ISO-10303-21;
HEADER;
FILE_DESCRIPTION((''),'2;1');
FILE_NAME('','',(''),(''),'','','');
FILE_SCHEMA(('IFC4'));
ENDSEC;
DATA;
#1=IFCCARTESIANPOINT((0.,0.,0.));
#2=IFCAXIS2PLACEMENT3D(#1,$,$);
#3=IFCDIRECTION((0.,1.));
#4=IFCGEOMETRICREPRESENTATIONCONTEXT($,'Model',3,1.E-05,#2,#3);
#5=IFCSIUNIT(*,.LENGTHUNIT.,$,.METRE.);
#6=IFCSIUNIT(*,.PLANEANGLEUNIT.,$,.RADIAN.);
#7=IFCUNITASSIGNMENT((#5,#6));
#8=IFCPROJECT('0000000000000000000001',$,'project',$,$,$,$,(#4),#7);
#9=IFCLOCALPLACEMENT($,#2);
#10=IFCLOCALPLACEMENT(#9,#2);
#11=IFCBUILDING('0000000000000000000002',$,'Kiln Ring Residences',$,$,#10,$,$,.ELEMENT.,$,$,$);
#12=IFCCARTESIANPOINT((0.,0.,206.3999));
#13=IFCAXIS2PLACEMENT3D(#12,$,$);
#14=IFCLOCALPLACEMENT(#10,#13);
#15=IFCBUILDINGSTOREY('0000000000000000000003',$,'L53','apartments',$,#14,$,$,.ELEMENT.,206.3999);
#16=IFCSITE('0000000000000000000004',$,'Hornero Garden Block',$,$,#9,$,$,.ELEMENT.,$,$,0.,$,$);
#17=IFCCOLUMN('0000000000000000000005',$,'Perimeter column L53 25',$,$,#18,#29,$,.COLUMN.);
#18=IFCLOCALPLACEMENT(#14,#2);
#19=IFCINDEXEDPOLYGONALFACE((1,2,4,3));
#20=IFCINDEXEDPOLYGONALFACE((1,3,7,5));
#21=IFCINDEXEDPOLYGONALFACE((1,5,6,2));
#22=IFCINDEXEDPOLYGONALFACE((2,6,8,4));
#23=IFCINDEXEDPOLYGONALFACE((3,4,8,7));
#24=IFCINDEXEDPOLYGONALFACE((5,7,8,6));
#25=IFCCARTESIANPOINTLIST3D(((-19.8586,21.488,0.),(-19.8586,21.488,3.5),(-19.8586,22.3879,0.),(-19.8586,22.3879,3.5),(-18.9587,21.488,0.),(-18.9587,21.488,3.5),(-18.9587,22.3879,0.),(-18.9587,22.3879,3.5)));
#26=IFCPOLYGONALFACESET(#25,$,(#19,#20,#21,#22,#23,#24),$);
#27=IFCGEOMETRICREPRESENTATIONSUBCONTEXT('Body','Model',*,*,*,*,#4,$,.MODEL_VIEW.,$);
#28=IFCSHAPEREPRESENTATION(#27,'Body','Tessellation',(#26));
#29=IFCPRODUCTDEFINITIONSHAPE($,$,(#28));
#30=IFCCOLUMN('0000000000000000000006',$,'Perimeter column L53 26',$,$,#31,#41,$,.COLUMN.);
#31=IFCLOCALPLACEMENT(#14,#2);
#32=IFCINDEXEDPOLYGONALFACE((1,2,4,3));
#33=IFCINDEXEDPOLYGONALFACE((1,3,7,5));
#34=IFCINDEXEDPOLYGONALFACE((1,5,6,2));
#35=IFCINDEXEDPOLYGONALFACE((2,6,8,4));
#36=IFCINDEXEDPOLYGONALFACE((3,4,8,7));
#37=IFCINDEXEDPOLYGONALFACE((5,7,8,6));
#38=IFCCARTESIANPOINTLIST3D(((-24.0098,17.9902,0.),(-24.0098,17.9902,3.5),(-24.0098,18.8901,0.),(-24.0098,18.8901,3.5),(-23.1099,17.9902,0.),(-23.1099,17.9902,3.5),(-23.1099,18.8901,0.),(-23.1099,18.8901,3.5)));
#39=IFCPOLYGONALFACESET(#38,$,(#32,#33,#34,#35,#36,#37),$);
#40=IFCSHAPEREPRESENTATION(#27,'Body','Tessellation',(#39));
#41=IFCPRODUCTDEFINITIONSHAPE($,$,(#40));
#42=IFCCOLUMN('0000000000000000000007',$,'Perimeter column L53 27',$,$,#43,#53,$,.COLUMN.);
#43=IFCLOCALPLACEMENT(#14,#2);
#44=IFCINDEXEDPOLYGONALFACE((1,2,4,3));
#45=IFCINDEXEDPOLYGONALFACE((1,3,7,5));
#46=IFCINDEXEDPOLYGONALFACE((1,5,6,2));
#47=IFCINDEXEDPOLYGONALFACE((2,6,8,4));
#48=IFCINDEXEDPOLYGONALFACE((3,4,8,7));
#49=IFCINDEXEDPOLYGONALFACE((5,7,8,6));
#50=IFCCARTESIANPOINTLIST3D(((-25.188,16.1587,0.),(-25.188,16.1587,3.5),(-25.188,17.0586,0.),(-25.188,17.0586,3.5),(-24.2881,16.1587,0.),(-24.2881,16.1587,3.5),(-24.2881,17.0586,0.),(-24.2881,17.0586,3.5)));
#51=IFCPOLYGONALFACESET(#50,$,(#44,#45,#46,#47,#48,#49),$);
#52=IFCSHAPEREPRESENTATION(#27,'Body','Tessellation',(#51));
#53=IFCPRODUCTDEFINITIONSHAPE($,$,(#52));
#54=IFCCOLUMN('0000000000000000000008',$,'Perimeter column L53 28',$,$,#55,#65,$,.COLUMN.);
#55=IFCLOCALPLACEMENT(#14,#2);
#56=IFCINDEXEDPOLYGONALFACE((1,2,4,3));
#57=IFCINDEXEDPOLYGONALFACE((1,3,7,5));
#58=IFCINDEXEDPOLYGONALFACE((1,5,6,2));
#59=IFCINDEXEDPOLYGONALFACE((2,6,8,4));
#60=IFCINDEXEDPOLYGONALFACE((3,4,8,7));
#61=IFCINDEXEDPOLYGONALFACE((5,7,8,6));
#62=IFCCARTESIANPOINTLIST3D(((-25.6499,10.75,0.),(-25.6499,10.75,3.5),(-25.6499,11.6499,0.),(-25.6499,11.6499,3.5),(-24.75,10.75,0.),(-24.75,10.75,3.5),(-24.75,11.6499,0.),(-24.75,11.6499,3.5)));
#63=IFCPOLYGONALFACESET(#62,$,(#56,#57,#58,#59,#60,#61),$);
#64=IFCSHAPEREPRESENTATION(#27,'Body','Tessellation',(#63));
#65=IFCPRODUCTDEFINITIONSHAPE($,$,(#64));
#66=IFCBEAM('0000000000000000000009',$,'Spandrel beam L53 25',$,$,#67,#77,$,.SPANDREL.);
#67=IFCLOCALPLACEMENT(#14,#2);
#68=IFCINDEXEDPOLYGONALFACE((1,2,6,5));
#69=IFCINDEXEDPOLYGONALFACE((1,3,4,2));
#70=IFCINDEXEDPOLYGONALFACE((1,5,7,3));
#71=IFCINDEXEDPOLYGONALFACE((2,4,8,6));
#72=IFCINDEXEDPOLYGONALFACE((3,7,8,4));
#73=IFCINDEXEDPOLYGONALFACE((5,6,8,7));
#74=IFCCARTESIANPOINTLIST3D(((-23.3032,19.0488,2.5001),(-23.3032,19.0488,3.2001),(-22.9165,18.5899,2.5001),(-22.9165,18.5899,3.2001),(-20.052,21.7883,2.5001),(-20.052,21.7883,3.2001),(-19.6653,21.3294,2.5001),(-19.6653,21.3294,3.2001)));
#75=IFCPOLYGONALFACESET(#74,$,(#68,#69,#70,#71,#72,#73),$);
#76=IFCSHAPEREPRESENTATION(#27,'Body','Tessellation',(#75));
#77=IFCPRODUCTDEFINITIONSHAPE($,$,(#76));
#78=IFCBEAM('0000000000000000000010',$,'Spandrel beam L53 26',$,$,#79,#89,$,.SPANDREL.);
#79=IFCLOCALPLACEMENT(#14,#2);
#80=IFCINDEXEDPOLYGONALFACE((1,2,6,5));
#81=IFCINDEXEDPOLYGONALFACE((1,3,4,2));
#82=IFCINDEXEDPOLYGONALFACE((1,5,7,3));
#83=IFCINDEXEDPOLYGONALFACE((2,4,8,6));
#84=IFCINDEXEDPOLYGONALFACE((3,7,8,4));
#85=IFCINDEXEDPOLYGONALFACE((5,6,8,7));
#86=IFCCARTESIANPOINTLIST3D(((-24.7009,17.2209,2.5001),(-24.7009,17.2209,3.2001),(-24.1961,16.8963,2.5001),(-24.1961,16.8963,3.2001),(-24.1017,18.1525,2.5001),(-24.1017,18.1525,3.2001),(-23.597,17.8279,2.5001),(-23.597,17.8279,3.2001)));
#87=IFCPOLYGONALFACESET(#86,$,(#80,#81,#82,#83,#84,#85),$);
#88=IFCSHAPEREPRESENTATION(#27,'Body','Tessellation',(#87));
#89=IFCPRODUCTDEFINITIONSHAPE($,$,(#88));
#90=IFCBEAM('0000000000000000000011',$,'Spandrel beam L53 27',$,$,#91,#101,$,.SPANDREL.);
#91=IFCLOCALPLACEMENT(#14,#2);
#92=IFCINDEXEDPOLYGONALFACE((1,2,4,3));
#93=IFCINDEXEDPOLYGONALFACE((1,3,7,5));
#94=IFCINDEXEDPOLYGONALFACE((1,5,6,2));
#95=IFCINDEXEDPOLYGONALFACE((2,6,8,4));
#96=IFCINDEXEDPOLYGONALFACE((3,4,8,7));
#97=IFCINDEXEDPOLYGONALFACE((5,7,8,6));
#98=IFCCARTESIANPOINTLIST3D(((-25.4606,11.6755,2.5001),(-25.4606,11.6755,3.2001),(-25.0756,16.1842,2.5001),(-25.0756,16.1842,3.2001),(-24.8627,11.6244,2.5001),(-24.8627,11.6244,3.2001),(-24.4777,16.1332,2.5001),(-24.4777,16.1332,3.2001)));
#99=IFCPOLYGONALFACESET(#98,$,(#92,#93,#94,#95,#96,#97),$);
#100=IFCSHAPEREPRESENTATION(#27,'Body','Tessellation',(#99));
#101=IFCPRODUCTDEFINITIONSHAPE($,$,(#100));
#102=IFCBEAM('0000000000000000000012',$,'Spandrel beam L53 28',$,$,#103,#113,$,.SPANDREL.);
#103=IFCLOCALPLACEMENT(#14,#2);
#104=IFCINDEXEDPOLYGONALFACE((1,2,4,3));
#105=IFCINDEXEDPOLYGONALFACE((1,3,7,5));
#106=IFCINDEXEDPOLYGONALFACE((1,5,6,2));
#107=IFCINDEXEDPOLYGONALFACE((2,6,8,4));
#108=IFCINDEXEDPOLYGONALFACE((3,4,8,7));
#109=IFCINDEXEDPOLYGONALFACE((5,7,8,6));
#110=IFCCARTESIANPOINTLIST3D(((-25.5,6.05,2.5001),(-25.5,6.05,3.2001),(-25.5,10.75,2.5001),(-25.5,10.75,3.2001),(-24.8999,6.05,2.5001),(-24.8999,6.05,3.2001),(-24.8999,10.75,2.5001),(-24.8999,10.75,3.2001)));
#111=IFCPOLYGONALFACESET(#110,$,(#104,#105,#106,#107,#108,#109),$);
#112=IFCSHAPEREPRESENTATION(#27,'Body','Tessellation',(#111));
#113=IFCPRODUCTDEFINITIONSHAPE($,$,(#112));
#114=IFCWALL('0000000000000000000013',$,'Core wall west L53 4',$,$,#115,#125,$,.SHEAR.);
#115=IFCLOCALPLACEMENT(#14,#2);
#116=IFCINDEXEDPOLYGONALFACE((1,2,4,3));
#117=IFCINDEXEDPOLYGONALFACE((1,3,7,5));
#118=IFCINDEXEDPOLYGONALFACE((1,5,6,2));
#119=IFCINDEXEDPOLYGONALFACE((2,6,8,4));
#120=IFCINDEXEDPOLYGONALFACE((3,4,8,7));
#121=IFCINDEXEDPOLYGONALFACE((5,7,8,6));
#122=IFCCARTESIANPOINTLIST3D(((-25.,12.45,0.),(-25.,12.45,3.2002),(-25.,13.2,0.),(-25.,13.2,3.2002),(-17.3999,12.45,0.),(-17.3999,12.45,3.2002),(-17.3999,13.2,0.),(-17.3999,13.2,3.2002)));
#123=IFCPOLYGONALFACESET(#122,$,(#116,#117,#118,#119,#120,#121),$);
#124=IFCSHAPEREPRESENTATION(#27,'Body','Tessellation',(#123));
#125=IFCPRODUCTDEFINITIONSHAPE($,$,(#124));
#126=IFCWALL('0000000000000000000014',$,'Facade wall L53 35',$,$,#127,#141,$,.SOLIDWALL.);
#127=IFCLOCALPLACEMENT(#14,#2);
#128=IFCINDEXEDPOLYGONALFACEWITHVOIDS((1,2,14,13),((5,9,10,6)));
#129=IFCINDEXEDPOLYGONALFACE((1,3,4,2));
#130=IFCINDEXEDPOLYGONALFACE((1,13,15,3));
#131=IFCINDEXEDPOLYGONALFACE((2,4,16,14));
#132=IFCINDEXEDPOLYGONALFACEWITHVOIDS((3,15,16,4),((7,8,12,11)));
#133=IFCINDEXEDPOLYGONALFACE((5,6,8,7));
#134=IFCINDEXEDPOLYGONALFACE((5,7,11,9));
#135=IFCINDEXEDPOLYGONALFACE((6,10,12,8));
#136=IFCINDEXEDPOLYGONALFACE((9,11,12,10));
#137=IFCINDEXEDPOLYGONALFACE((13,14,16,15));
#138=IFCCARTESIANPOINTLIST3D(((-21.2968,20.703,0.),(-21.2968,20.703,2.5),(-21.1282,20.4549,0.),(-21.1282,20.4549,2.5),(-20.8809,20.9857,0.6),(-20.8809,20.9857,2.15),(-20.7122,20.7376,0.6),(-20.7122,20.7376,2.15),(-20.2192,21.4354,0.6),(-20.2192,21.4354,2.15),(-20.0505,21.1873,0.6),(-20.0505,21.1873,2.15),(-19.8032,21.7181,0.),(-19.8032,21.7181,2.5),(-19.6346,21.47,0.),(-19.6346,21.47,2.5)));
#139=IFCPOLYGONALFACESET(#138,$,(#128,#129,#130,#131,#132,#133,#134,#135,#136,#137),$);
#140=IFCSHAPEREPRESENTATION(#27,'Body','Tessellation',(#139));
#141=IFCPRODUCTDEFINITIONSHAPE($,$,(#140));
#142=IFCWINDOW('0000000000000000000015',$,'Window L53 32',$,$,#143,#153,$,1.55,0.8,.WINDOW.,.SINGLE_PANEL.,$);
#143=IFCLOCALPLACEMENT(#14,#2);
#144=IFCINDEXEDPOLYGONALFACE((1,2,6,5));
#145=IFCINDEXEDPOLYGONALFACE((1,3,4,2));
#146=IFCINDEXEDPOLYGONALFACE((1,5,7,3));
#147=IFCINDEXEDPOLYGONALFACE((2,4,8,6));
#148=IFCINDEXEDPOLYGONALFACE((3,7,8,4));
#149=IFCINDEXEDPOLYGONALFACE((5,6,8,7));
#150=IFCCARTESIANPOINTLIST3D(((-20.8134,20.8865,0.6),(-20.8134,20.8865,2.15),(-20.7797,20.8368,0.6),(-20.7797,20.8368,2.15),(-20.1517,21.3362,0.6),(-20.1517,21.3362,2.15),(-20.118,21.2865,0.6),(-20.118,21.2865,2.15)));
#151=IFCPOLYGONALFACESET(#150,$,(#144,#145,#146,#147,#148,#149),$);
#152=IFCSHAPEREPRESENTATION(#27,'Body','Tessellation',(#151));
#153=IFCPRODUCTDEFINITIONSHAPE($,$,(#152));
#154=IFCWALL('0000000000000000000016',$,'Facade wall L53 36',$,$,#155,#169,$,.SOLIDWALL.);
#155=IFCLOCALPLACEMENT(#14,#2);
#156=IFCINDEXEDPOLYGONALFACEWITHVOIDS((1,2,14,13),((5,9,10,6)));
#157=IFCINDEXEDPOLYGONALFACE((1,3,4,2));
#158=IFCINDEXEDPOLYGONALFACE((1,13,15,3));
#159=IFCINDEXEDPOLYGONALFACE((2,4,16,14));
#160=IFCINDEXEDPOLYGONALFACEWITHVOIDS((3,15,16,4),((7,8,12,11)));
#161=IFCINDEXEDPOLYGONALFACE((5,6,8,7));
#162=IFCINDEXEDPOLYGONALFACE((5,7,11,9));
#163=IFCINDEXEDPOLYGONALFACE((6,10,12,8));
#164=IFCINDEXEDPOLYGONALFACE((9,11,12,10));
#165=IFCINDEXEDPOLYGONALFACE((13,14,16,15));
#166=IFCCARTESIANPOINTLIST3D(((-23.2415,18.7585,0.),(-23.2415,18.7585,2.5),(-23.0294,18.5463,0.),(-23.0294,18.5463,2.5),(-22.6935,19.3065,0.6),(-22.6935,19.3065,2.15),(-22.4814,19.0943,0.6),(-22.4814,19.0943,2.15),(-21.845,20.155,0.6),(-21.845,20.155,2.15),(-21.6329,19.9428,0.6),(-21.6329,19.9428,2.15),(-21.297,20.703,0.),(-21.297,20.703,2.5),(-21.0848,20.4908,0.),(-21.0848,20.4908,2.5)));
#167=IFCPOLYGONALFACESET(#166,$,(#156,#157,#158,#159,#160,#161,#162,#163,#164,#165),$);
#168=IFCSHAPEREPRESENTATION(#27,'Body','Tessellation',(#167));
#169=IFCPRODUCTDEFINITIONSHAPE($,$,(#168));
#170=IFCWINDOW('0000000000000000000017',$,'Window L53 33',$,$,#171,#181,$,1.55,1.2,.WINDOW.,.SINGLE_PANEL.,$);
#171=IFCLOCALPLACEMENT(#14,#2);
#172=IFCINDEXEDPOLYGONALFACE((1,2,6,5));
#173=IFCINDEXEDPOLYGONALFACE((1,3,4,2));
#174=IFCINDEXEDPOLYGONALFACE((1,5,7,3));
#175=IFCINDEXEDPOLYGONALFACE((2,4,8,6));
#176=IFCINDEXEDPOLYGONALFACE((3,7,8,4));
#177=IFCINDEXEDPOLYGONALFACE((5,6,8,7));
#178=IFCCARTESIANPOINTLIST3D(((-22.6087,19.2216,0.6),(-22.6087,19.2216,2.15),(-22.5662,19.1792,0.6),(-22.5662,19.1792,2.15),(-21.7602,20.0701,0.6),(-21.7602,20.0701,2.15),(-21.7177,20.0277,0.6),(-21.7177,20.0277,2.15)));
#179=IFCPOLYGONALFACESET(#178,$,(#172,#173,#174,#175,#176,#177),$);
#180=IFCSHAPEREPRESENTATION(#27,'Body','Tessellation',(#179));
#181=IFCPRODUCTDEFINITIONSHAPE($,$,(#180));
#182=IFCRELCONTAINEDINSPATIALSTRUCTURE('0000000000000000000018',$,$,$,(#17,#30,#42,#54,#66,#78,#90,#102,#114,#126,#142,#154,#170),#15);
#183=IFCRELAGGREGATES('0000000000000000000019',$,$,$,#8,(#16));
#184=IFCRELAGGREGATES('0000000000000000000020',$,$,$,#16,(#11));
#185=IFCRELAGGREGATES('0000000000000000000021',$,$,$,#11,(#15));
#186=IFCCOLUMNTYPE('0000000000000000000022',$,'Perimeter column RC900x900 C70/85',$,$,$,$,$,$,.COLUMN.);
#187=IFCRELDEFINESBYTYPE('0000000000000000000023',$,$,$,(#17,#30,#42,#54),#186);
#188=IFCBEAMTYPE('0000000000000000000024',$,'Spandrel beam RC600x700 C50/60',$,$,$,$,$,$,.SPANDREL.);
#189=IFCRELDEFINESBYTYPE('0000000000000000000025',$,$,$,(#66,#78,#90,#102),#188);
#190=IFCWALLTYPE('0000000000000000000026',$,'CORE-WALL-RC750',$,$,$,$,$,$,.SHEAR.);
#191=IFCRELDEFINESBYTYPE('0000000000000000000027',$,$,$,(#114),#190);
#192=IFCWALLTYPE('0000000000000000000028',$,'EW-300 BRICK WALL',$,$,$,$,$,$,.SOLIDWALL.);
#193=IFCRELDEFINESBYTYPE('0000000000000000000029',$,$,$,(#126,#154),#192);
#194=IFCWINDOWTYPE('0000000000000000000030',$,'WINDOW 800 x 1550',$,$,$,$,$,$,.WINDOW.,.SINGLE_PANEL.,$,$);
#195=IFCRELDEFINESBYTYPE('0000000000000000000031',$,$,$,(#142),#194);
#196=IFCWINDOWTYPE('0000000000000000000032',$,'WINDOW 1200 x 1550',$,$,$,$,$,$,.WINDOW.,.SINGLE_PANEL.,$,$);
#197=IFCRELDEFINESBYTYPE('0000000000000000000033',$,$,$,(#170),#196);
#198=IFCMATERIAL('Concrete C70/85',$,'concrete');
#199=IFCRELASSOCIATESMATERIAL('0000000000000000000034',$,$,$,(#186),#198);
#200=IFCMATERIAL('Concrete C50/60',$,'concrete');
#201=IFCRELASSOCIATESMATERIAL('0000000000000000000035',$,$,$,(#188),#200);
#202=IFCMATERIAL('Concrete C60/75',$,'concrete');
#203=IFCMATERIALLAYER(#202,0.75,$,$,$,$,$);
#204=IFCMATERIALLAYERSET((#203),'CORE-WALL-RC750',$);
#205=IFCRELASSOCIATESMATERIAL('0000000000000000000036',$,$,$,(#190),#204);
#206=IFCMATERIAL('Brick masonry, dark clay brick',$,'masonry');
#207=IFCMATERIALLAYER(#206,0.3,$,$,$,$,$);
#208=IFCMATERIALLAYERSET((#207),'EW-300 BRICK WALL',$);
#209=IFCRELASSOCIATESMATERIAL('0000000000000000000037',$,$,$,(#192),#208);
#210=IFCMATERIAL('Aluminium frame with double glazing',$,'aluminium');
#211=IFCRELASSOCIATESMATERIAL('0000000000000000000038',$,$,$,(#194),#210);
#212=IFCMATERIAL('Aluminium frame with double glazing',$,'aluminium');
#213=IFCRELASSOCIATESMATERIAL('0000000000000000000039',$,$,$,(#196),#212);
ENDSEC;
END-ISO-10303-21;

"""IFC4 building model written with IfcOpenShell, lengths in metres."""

from ifc_helpers import new_model, si_unit, direction, frame, frame_2d, origin, origin_2d, place, context, subcontext, project, spatial, rectangle, extrude, material, layer, layer_set, material_profile, profile_set, type_object, element, fill, save


model = new_model("IFC4")

# Units and contexts
model_context = context("Model", 3, precision=1e-05, world=origin(), true_north=direction((0.0, 1.0)))
body_context = subcontext(model_context, "Body", "Model", "MODEL_VIEW")
ifc_project = project(units=[si_unit("LENGTHUNIT", "METRE"), si_unit("PLANEANGLEUNIT", "RADIAN")], contexts=[model_context])

# Site, building, storey
site_placement = place(None, origin())
site = spatial("IfcSite", under=ifc_project, at=site_placement, Name="Hornero Garden Block", CompositionType="ELEMENT", RefElevation=0.0)
building_placement = place(site_placement, origin())
building = spatial("IfcBuilding", under=site, at=building_placement, Name="Kiln Ring Residences", CompositionType="ELEMENT")
storey_placement = place(building_placement, frame((0.0, 0.0, 206.3999)))
storey = spatial("IfcBuildingStorey", under=building, at=storey_placement, Name="L53", Description="apartments", CompositionType="ELEMENT", Elevation=206.3999)

# Columns
ifc_material_1 = material(Name="Concrete C70/85", Category="concrete")
ifc_material_profile_1 = material_profile(ifc_material_1, rectangle(XDim=0.8999, YDim=0.8999, at=origin_2d()), Name="RC900x900")
ifc_profile_set_1 = profile_set([ifc_material_profile_1], Name="Concrete C70/85")
column_type = type_object("IfcColumnType", Name="Perimeter column RC900x900 C70/85", PredefinedType="COLUMN", material=ifc_profile_set_1)
for number, where, z_axis, x_axis, name in (
    (1, (-19.4087, 21.938, 0.0), (0.0, 0.0, 1.0), (1.0, 0.0, 0.0), "Perimeter column L53 25"),
    (2, (-23.5598, 18.4402, 0.0), (0.0, 0.0, 1.0), (1.0, 0.0, 0.0), "Perimeter column L53 26"),
    (3, (-24.738, 16.6086, 0.0), (0.0, 0.0, 1.0), (1.0, 0.0, 0.0), "Perimeter column L53 27"),
    (4, (-25.2, 11.2, 0.0), (0.0, 0.0, 1.0), (1.0, 0.0, 0.0), "Perimeter column L53 28"),
):
    element("IfcColumn", number, at=place(storey_placement, frame(where, z_axis=z_axis, x_axis=x_axis)), inside=storey, type_object=column_type, Name=name, PredefinedType="COLUMN", context=body_context, shape_type="SweptSolid", body=[
        extrude(rectangle(XDim=0.8999, YDim=0.8999, at=origin_2d()), origin(), (0.0, 0.0, 1.0), 3.5),
    ])

# Beams
ifc_material_2 = material(Name="Concrete C50/60", Category="concrete")
ifc_material_profile_2 = material_profile(ifc_material_2, rectangle(XDim=0.6001, YDim=0.7, at=origin_2d()), Name="RC600x700")
ifc_profile_set_2 = profile_set([ifc_material_profile_2], Name="Concrete C50/60")
beam_type = type_object("IfcBeamType", Name="Spandrel beam RC600x700 C50/60", PredefinedType="SPANDREL", material=ifc_profile_set_2)
beam_1_placement = place(storey_placement, frame((-19.8586, 21.5588, 2.8501), z_axis=(-0.764722, -0.64436, 0.0), x_axis=(0.64436, -0.764722, 0.0)))
element("IfcBeam", 5, at=beam_1_placement, inside=storey, type_object=beam_type, Name="Spandrel beam L53 25", PredefinedType="SPANDREL", context=body_context, shape_type="SweptSolid", body=[
    extrude(rectangle(XDim=0.6001, YDim=0.7, at=origin_2d()), origin(), (0.0, 0.0, 1.0), 4.2515),
])
beam_2_placement = place(storey_placement, frame((-23.8494, 17.9902, 2.8501), z_axis=(-0.540891, -0.841093, 0.0), x_axis=(0.841093, -0.540891, 0.0)))
element("IfcBeam", 6, at=beam_2_placement, inside=storey, type_object=beam_type, Name="Spandrel beam L53 26", PredefinedType="SPANDREL", context=body_context, shape_type="SweptSolid", body=[
    extrude(rectangle(XDim=0.6001, YDim=0.7, at=origin_2d()), origin(), (0.0, 0.0, 1.0), 1.1077),
])
beam_3_placement = place(storey_placement, frame((-24.7766, 16.1587, 2.8501), z_axis=(-0.085081, -0.996374, 0.0), x_axis=(0.996374, -0.085081, 0.0)))
element("IfcBeam", 7, at=beam_3_placement, inside=storey, type_object=beam_type, Name="Spandrel beam L53 27", PredefinedType="SPANDREL", context=body_context, shape_type="SweptSolid", body=[
    extrude(rectangle(XDim=0.6001, YDim=0.7, at=origin_2d()), origin(), (0.0, 0.0, 1.0), 4.5251),
])
beam_4_placement = place(storey_placement, frame((-25.2, 10.75, 2.8501), z_axis=(0.0, -1.0, 0.0), x_axis=(1.0, 0.0, 0.0)))
element("IfcBeam", 8, at=beam_4_placement, inside=storey, type_object=beam_type, Name="Spandrel beam L53 28", PredefinedType="SPANDREL", context=body_context, shape_type="SweptSolid", body=[
    extrude(rectangle(XDim=0.6001, YDim=0.7, at=origin_2d()), origin(), (0.0, 0.0, 1.0), 4.7),
])

# Wall
ifc_material_3 = material(Name="Concrete C60/75", Category="concrete")
ifc_layer_1 = layer(ifc_material_3, 0.75)
ifc_layer_set_1 = layer_set([ifc_layer_1], Name="CORE-WALL-RC750")
wall_type_1 = type_object("IfcWallType", Name="CORE-WALL-RC750", PredefinedType="SHEAR", material=ifc_layer_set_1)
wall_1_placement = place(storey_placement, frame((-17.3999, 12.825, 0.0), z_axis=(0.0, 0.0, 1.0), x_axis=(-1.0, 0.0, 0.0)))
element("IfcWall", 9, at=wall_1_placement, inside=storey, type_object=wall_type_1, Name="Core wall west L53 4", PredefinedType="SHEAR", context=body_context, shape_type="SweptSolid", body=[
    extrude(rectangle(XDim=7.6001, YDim=0.75, at=frame_2d((3.8, 0.0))), origin(), (0.0, 0.0, 1.0), 3.2002),
])

# Walls, openings, windows
ifc_material_4 = material(Name="Brick masonry, dark clay brick", Category="masonry")
ifc_layer_2 = layer(ifc_material_4, 0.3)
ifc_layer_set_2 = layer_set([ifc_layer_2], Name="EW-300 BRICK WALL")
wall_type_2 = type_object("IfcWallType", Name="EW-300 BRICK WALL", PredefinedType="SOLIDWALL", material=ifc_layer_set_2)
wall_2_placement = place(storey_placement, frame((-19.719, 21.594, 0.0), z_axis=(0.0, 0.0, 1.0), x_axis=(-0.827067, -0.562103, 0.0)))
wall_2 = element("IfcWall", 10, at=wall_2_placement, inside=storey, type_object=wall_type_2, Name="Facade wall L53 35", PredefinedType="SOLIDWALL", context=body_context, shape_type="SweptSolid", body=[
    extrude(rectangle(XDim=1.8059, YDim=0.3, at=frame_2d((0.9028, 0.0))), origin(), (0.0, 0.0, 1.0), 2.5),
])
opening_1_placement = place(wall_2_placement, frame((0.5029, 0.0, 0.6001)))
opening_1 = element("IfcOpeningElement", 11, at=opening_1_placement, cuts=wall_2, PredefinedType="OPENING", context=body_context, shape_type="SweptSolid", body=[
    extrude(rectangle(XDim=0.8, YDim=1.55, at=frame_2d((0.3999, 0.7749))), frame((0.0, 0.1599, 0.0), z_axis=(0.0, -1.0, 0.0), x_axis=(1.0, 0.0, 0.0)), (0.0, 0.0, 1.0), 0.3201),
])
ifc_material_5 = material(Name="Aluminium frame with double glazing", Category="aluminium")
window_type_1 = type_object("IfcWindowType", Name="WINDOW 800 x 1550", PartitioningType="SINGLE_PANEL", PredefinedType="WINDOW", material=ifc_material_5)
window_1_placement = place(opening_1_placement, origin())
window_1 = element("IfcWindow", 12, at=window_1_placement, inside=storey, type_object=window_type_1, Name="Window L53 32", OverallHeight=1.55, OverallWidth=0.8, PartitioningType="SINGLE_PANEL", PredefinedType="WINDOW", context=body_context, shape_type="SweptSolid", body=[
    extrude(rectangle(XDim=0.8, YDim=1.55, at=frame_2d((0.3999, 0.7749))), frame((0.0, 0.03, 0.0), z_axis=(0.0, -1.0, 0.0), x_axis=(1.0, 0.0, 0.0)), (0.0, 0.0, 1.0), 0.0601),
])
fill(opening_1, window_1)
wall_3_placement = place(storey_placement, frame((-21.1909, 20.5969, 0.0), z_axis=(0.0, 0.0, 1.0), x_axis=(-0.707107, -0.707107, 0.0)))
wall_3 = element("IfcWall", 13, at=wall_3_placement, inside=storey, type_object=wall_type_2, Name="Facade wall L53 36", PredefinedType="SOLIDWALL", context=body_context, shape_type="SweptSolid", body=[
    extrude(rectangle(XDim=2.75, YDim=0.3, at=frame_2d((1.375, 0.0))), origin(), (0.0, 0.0, 1.0), 2.5),
])
opening_2_placement = place(wall_3_placement, frame((0.7749, 0.0, 0.6001)))
opening_2 = element("IfcOpeningElement", 14, at=opening_2_placement, cuts=wall_3, PredefinedType="OPENING", context=body_context, shape_type="SweptSolid", body=[
    extrude(rectangle(XDim=1.2, YDim=1.55, at=frame_2d((0.6001, 0.7749))), frame((0.0, 0.1599, 0.0), z_axis=(0.0, -1.0, 0.0), x_axis=(1.0, 0.0, 0.0)), (0.0, 0.0, 1.0), 0.3201),
])
ifc_material_6 = material(Name="Aluminium frame with double glazing", Category="aluminium")
window_type_2 = type_object("IfcWindowType", Name="WINDOW 1200 x 1550", PartitioningType="SINGLE_PANEL", PredefinedType="WINDOW", material=ifc_material_6)
window_2_placement = place(opening_2_placement, origin())
window_2 = element("IfcWindow", 15, at=window_2_placement, inside=storey, type_object=window_type_2, Name="Window L53 33", OverallHeight=1.55, OverallWidth=1.2, PartitioningType="SINGLE_PANEL", PredefinedType="WINDOW", context=body_context, shape_type="SweptSolid", body=[
    extrude(rectangle(XDim=1.2, YDim=1.55, at=frame_2d((0.6001, 0.7749))), frame((0.0, 0.03, 0.0), z_axis=(0.0, -1.0, 0.0), x_axis=(1.0, 0.0, 0.0)), (0.0, 0.0, 1.0), 0.0601),
])
fill(opening_2, window_2)

save(model, "model.ifc")
